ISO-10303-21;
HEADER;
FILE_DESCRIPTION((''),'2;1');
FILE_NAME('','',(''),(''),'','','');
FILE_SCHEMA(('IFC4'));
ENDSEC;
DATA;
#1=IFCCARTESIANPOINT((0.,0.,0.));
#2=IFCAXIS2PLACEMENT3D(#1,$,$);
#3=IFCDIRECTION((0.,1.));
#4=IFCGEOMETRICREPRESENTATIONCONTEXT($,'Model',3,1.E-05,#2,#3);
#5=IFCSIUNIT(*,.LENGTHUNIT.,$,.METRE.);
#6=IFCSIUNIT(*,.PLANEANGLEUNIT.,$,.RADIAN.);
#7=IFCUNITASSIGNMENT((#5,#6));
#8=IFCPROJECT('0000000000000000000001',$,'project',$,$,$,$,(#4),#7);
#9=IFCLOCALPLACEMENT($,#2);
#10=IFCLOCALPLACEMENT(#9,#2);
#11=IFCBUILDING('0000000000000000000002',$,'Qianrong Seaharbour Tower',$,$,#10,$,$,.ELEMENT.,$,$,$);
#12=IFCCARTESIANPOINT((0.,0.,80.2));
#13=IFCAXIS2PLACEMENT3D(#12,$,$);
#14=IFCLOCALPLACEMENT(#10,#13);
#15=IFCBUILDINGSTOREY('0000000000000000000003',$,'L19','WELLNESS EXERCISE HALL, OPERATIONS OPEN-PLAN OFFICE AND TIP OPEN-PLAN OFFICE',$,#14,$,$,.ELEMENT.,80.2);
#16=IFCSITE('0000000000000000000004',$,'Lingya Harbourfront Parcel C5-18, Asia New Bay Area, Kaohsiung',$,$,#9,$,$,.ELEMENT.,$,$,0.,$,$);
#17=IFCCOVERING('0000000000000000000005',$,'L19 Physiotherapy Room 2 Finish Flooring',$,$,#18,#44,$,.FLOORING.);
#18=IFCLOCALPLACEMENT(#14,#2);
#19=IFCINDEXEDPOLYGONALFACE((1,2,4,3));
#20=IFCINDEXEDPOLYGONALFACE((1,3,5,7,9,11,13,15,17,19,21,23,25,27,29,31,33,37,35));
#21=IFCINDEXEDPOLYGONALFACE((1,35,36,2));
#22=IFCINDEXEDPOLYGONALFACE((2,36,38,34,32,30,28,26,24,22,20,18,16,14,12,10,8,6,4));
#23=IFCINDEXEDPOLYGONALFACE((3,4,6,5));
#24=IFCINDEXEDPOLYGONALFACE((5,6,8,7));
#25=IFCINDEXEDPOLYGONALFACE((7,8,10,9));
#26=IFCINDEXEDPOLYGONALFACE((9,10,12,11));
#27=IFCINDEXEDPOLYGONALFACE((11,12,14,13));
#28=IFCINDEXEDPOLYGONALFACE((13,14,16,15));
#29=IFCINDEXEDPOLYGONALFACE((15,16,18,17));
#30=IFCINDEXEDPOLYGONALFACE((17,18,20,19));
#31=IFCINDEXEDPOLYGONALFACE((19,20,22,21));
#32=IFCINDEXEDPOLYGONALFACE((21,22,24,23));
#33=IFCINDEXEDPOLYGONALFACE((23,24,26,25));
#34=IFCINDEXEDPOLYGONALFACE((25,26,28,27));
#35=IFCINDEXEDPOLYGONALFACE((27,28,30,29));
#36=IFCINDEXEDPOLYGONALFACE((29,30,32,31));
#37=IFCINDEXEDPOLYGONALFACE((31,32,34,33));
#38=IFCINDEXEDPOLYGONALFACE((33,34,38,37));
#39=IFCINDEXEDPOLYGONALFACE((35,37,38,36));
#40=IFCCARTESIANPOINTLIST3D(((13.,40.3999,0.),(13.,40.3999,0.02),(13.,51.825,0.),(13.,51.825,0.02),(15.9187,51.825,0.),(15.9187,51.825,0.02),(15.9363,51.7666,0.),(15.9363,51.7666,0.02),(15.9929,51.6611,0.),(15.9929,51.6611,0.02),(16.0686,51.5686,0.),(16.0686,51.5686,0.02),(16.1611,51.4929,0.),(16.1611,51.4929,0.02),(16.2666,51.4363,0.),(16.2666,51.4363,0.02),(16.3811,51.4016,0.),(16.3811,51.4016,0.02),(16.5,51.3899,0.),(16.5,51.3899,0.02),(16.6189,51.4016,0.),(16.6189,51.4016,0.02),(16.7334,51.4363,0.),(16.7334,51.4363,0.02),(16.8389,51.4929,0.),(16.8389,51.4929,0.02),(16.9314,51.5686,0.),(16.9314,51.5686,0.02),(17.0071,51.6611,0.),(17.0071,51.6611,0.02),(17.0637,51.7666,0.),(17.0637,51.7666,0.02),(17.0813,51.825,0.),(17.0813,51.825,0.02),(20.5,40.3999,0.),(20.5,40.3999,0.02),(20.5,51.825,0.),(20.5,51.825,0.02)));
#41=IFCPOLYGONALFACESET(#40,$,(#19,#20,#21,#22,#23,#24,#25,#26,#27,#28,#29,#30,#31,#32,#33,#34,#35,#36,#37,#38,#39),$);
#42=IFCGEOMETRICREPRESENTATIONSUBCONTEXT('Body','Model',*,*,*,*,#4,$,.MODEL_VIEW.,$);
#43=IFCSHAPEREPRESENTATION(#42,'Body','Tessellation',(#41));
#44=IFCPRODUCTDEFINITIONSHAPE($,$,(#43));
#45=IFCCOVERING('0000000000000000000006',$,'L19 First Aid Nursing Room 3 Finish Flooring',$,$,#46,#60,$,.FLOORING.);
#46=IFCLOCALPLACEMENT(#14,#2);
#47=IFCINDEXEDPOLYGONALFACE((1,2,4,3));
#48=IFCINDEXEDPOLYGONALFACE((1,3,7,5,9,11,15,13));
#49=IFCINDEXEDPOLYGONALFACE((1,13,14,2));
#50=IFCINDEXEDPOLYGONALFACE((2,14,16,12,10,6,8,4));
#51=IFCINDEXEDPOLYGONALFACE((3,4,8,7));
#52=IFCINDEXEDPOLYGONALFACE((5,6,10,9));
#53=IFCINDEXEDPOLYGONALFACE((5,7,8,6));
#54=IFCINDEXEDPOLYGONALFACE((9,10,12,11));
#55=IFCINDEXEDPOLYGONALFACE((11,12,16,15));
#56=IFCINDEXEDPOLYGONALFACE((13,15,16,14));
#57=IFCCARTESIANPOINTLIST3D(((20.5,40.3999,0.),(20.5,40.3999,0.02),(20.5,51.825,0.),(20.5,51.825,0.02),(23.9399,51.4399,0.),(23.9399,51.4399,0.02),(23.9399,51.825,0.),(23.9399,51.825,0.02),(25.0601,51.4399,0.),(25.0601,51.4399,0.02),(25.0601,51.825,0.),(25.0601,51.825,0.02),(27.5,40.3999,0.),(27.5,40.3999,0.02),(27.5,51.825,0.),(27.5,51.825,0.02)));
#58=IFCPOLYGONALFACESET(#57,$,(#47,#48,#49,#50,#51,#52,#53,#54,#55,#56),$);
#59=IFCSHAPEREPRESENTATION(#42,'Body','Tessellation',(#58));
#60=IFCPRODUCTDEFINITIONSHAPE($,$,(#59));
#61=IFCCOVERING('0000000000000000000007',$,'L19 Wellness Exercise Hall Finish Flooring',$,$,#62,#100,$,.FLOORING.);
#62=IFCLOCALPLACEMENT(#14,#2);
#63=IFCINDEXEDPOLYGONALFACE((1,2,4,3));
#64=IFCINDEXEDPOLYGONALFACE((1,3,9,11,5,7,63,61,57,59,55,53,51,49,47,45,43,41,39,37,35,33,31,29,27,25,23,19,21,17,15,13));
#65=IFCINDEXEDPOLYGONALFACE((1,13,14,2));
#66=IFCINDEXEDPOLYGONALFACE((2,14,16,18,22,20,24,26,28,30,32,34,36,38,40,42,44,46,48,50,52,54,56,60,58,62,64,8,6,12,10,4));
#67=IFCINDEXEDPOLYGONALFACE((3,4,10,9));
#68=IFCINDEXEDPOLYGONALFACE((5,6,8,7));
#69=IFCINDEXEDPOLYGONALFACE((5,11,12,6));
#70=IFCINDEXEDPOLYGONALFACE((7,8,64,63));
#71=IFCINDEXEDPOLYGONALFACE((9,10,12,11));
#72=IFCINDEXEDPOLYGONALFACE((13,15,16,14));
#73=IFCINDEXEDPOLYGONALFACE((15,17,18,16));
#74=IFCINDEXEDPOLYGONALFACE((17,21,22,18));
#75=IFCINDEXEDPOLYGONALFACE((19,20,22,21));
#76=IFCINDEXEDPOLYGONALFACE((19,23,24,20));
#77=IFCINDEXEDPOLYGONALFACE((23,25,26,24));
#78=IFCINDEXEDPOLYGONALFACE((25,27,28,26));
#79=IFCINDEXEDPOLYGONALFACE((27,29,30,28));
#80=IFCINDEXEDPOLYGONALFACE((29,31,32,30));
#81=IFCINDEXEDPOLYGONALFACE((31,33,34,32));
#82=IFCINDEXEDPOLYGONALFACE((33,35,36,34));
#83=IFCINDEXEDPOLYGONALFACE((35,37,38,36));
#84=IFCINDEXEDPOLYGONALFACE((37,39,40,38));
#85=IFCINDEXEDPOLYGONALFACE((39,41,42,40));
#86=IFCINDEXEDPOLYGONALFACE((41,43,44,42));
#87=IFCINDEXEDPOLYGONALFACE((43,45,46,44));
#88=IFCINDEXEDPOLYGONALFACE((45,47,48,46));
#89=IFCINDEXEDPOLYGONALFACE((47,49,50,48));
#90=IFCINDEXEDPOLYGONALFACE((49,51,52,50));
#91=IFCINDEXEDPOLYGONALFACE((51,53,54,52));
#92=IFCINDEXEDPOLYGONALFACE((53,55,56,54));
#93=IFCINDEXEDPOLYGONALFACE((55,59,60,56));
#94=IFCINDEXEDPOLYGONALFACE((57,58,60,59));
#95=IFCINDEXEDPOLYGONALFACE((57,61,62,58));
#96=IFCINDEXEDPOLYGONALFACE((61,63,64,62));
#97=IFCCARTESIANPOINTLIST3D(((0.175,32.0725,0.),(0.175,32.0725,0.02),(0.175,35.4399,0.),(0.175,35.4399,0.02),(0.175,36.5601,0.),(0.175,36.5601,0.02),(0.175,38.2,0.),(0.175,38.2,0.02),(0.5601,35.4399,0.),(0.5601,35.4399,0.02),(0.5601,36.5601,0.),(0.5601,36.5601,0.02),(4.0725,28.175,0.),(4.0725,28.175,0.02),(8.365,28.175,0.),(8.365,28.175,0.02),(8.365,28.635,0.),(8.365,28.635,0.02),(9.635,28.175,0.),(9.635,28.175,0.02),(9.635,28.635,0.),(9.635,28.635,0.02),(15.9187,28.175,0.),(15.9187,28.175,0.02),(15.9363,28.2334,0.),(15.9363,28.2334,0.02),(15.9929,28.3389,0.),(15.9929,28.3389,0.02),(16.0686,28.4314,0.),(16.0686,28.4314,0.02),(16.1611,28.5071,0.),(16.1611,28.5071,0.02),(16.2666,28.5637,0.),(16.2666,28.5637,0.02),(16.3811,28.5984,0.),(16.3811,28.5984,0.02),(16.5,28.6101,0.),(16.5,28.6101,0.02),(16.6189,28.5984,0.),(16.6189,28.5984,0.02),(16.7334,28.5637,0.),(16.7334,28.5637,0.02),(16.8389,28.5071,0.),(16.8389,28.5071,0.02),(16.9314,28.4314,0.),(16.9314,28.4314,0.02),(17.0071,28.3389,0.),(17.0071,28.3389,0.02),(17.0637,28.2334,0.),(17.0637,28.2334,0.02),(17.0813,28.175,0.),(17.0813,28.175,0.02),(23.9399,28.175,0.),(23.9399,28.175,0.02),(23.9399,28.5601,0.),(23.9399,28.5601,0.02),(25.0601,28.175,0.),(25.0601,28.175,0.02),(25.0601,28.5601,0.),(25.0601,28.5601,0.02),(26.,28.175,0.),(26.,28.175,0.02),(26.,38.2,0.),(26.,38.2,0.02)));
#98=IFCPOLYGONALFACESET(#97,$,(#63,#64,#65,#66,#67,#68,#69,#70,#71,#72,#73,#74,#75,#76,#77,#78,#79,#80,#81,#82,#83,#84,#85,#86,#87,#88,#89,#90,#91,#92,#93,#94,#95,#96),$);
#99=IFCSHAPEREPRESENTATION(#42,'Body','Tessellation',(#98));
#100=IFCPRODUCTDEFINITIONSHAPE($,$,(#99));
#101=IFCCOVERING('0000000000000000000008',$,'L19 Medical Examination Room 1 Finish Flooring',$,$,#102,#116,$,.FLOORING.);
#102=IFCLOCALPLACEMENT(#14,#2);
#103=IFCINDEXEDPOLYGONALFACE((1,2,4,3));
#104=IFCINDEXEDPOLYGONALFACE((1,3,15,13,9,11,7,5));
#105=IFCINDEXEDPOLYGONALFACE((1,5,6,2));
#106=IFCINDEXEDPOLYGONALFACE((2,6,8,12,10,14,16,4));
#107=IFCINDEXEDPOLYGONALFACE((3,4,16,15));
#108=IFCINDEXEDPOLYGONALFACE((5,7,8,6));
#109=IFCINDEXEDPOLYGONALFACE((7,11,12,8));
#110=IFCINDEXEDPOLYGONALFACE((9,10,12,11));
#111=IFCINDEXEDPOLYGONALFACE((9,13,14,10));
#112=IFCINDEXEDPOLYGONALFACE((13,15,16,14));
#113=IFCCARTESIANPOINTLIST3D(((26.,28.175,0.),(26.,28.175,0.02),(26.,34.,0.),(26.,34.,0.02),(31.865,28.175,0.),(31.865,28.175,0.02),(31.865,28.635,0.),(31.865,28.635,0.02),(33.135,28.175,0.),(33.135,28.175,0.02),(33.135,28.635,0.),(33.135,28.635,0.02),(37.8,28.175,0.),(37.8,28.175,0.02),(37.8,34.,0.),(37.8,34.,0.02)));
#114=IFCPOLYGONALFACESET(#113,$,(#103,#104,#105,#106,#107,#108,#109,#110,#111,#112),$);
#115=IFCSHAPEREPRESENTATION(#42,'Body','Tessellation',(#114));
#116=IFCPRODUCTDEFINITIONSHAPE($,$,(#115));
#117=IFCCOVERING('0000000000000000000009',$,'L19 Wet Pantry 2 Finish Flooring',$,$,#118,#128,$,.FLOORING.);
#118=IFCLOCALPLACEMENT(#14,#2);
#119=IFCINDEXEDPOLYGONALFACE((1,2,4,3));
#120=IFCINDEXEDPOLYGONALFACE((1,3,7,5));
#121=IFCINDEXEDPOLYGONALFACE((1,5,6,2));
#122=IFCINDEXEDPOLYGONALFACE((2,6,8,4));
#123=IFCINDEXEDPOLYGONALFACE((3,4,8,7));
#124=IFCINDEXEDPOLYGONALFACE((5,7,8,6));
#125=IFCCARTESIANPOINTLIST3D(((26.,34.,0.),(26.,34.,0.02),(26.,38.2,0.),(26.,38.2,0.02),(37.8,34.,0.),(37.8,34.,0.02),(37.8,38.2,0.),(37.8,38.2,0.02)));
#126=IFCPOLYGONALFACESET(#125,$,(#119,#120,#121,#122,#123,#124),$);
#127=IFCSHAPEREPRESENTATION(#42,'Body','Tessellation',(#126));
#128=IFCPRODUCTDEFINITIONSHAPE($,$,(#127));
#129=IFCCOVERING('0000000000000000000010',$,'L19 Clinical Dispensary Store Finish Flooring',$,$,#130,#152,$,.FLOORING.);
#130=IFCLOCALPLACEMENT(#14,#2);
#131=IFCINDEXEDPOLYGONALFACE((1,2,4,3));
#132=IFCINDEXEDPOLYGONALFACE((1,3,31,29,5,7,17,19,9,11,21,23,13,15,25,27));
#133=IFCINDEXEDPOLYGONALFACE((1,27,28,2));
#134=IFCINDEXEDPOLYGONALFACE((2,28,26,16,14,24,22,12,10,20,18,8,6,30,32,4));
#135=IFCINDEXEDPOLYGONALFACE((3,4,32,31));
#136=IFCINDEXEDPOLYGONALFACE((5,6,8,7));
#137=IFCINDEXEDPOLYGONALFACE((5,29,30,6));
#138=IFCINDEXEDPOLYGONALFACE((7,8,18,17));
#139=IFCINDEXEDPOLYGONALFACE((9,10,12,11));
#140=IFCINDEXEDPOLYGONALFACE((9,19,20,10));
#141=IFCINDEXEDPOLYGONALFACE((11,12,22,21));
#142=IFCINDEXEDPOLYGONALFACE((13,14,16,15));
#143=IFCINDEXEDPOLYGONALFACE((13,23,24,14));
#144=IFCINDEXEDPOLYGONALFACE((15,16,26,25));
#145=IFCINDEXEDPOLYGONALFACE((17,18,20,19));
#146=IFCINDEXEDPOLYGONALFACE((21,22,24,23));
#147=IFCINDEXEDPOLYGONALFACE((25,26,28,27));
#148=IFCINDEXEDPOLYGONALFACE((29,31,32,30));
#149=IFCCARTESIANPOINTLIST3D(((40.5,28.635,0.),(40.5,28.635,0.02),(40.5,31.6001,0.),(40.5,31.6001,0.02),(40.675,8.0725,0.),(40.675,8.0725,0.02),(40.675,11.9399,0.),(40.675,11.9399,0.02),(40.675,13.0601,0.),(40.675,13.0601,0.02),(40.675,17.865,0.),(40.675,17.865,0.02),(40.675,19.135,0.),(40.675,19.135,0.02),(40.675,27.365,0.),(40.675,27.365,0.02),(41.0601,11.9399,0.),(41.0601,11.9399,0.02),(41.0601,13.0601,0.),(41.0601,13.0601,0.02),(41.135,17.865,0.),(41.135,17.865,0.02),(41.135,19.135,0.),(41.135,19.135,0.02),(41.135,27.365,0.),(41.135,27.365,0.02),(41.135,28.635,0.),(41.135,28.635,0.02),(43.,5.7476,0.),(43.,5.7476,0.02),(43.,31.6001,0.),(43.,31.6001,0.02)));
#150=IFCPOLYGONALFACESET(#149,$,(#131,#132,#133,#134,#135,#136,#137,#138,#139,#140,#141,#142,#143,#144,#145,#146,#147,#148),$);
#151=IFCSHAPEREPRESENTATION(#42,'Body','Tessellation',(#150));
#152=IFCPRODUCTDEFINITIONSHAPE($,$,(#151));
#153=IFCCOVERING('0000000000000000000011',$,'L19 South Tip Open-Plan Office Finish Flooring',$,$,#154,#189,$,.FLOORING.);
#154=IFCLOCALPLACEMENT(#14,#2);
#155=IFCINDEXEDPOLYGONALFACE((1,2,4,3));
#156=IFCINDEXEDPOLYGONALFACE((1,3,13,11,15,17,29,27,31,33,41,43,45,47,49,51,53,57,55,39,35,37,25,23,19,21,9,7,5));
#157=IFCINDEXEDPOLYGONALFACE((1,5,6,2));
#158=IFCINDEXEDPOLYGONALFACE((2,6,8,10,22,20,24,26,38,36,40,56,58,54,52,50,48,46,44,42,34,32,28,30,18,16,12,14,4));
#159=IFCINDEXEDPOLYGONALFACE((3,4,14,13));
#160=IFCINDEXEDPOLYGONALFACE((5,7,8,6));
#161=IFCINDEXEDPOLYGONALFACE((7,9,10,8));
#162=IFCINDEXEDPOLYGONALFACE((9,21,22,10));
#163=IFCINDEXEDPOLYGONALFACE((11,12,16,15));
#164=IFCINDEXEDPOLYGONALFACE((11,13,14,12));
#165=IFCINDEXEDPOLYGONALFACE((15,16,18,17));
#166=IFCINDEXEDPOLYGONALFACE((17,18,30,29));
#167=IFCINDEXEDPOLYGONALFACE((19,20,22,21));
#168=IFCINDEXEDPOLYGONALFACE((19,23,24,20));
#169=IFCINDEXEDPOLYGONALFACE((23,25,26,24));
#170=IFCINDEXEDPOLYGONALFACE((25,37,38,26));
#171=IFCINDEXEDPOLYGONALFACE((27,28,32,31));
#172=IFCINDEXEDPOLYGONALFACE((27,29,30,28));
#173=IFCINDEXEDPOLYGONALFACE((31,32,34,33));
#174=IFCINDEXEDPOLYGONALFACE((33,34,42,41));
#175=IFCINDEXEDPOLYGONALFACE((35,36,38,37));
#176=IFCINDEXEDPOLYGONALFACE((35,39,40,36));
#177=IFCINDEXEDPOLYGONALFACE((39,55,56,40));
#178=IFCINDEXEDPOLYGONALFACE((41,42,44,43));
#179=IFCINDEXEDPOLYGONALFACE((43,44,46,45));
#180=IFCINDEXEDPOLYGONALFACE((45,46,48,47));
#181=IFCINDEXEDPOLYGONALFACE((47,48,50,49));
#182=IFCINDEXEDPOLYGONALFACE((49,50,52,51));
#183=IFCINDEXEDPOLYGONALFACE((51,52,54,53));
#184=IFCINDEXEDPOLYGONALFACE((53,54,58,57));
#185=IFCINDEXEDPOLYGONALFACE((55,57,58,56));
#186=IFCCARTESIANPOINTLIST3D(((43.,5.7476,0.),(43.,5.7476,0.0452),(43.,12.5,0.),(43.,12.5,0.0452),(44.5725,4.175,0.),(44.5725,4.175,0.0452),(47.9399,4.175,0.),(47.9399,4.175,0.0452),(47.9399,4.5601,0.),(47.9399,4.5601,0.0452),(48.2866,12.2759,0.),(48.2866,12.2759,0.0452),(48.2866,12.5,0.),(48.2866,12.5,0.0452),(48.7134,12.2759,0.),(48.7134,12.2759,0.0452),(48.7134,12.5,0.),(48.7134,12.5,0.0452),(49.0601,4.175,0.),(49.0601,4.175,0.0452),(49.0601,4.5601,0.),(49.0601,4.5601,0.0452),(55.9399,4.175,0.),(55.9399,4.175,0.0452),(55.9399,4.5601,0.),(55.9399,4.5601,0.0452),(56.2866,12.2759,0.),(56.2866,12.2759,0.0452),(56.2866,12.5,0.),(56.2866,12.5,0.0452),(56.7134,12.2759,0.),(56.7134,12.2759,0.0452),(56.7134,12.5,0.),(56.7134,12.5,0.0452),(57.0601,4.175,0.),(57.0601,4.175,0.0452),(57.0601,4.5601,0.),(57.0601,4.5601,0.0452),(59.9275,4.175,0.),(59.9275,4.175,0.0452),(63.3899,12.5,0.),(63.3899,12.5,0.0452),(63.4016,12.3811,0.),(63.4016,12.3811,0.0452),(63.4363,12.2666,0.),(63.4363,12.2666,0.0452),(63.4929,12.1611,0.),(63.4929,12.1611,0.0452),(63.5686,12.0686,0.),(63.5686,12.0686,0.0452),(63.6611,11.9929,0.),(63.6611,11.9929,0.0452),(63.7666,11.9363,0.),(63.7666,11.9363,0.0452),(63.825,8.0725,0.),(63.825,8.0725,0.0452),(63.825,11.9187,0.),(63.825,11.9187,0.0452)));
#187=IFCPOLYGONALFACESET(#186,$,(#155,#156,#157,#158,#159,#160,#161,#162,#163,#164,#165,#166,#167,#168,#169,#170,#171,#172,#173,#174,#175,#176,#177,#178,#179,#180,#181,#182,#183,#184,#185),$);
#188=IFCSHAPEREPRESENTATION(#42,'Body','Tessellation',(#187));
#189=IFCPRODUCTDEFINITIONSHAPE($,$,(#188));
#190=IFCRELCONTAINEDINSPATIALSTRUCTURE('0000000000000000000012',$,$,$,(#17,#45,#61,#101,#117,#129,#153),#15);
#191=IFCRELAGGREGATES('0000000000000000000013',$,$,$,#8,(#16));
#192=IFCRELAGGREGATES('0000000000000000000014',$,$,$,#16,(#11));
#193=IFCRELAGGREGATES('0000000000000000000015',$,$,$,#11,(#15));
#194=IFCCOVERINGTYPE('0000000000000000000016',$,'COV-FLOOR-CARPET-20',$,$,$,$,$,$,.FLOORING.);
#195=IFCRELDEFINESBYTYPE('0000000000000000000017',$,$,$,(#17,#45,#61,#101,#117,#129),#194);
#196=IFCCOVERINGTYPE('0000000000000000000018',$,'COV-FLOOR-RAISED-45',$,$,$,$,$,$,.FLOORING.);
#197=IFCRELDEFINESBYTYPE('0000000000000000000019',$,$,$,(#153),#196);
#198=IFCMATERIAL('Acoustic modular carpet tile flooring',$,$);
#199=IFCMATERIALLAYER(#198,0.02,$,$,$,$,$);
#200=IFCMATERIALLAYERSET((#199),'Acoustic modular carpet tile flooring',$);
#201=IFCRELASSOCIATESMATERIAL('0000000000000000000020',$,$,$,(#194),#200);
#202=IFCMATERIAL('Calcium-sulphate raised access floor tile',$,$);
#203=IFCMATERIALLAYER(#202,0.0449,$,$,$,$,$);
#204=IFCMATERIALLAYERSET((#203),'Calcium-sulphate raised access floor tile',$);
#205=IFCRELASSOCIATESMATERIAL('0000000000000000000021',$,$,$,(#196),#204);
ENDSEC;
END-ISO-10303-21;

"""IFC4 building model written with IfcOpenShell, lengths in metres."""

from ifc_helpers import new_model, si_unit, direction, frame, origin, place, context, subcontext, project, spatial, polyline, outline, extrude, material, layer, layer_set, type_object, element, save


model = new_model("IFC4")

# Units and contexts
model_context = context("Model", 3, precision=1e-05, world=origin(), true_north=direction((0.0, 1.0)))
body_context = subcontext(model_context, "Body", "Model", "MODEL_VIEW")
ifc_project = project(units=[si_unit("LENGTHUNIT", "METRE"), si_unit("PLANEANGLEUNIT", "RADIAN")], contexts=[model_context])

# Site, building, storey
site_placement = place(None, origin())
site = spatial("IfcSite", under=ifc_project, at=site_placement, Name="Lingya Harbourfront Parcel C5-18, Asia New Bay Area, Kaohsiung", CompositionType="ELEMENT", RefElevation=0.0)
building_placement = place(site_placement, origin())
building = spatial("IfcBuilding", under=site, at=building_placement, Name="Qianrong Seaharbour Tower", CompositionType="ELEMENT")
storey_placement = place(building_placement, frame((0.0, 0.0, 80.2)))
storey = spatial("IfcBuildingStorey", under=building, at=storey_placement, Name="L19", Description="WELLNESS EXERCISE HALL, OPERATIONS OPEN-PLAN OFFICE AND TIP OPEN-PLAN OFFICE", CompositionType="ELEMENT", Elevation=80.2)

# Coverings
ifc_material_1 = material(Name="Acoustic modular carpet tile flooring")
ifc_layer_1 = layer(ifc_material_1, 0.02)
ifc_layer_set_1 = layer_set([ifc_layer_1], Name="Acoustic modular carpet tile flooring")
covering_type_1 = type_object("IfcCoveringType", Name="COV-FLOOR-CARPET-20", PredefinedType="FLOORING", material=ifc_layer_set_1)
covering_1_placement = place(storey_placement, origin())
element("IfcCovering", 1, at=covering_1_placement, inside=storey, type_object=covering_type_1, Name="L19 Physiotherapy Room 2 Finish Flooring", PredefinedType="FLOORING", context=body_context, shape_type="SweptSolid", body=[
    extrude(outline(polyline([(13.0, 51.825), (15.9187, 51.825), (15.9363, 51.7666), (15.9929, 51.6611), (16.0686, 51.5686), (16.1611, 51.4929), (16.2666, 51.4363), (16.3811, 51.4016), (16.5, 51.3899), (16.6189, 51.4016), (16.7334, 51.4363), (16.8389, 51.4929), (16.9314, 51.5686), (17.0071, 51.6611), (17.0637, 51.7666), (17.0813, 51.825), (20.5, 51.825), (20.5, 40.3999), (13.0, 40.3999), (13.0, 51.825)])), origin(), (0.0, 0.0, 1.0), 0.02),
])
covering_2_placement = place(storey_placement, origin())
element("IfcCovering", 2, at=covering_2_placement, inside=storey, type_object=covering_type_1, Name="L19 First Aid Nursing Room 3 Finish Flooring", PredefinedType="FLOORING", context=body_context, shape_type="SweptSolid", body=[
    extrude(outline(polyline([(20.5, 51.825), (23.9399, 51.825), (23.9399, 51.4399), (25.0601, 51.4399), (25.0601, 51.825), (27.5, 51.825), (27.5, 40.3999), (20.5, 40.3999), (20.5, 51.825)])), origin(), (0.0, 0.0, 1.0), 0.02),
])
covering_3_placement = place(storey_placement, origin())
element("IfcCovering", 3, at=covering_3_placement, inside=storey, type_object=covering_type_1, Name="L19 Wellness Exercise Hall Finish Flooring", PredefinedType="FLOORING", context=body_context, shape_type="SweptSolid", body=[
    extrude(outline(polyline([(25.0601, 28.175), (25.0601, 28.5601), (23.9399, 28.5601), (23.9399, 28.175), (17.0813, 28.175), (17.0637, 28.2334), (17.0071, 28.3389), (16.9314, 28.4314), (16.8389, 28.5071), (16.7334, 28.5637), (16.6189, 28.5984), (16.5, 28.6101), (16.3811, 28.5984), (16.2666, 28.5637), (16.1611, 28.5071), (16.0686, 28.4314), (15.9929, 28.3389), (15.9363, 28.2334), (15.9187, 28.175), (9.635, 28.175), (9.635, 28.635), (8.365, 28.635), (8.365, 28.175), (4.0725, 28.175), (0.175, 32.0725), (0.175, 35.4399), (0.5601, 35.4399), (0.5601, 36.5601), (0.175, 36.5601), (0.175, 38.2), (26.0, 38.2), (26.0, 28.175), (25.0601, 28.175)])), origin(), (0.0, 0.0, 1.0), 0.02),
])
covering_4_placement = place(storey_placement, origin())
element("IfcCovering", 4, at=covering_4_placement, inside=storey, type_object=covering_type_1, Name="L19 Medical Examination Room 1 Finish Flooring", PredefinedType="FLOORING", context=body_context, shape_type="SweptSolid", body=[
    extrude(outline(polyline([(37.8, 28.175), (33.135, 28.175), (33.135, 28.635), (31.865, 28.635), (31.865, 28.175), (26.0, 28.175), (26.0, 34.0), (37.8, 34.0), (37.8, 28.175)])), origin(), (0.0, 0.0, 1.0), 0.02),
])
covering_5_placement = place(storey_placement, origin())
element("IfcCovering", 5, at=covering_5_placement, inside=storey, type_object=covering_type_1, Name="L19 Wet Pantry 2 Finish Flooring", PredefinedType="FLOORING", context=body_context, shape_type="SweptSolid", body=[
    extrude(outline(polyline([(37.8, 38.2), (37.8, 34.0), (26.0, 34.0), (26.0, 38.2), (37.8, 38.2)])), origin(), (0.0, 0.0, 1.0), 0.02),
])
covering_6_placement = place(storey_placement, origin())
element("IfcCovering", 6, at=covering_6_placement, inside=storey, type_object=covering_type_1, Name="L19 Clinical Dispensary Store Finish Flooring", PredefinedType="FLOORING", context=body_context, shape_type="SweptSolid", body=[
    extrude(outline(polyline([(43.0, 5.7476), (40.675, 8.0725), (40.675, 11.9399), (41.0601, 11.9399), (41.0601, 13.0601), (40.675, 13.0601), (40.675, 17.865), (41.135, 17.865), (41.135, 19.135), (40.675, 19.135), (40.675, 27.365), (41.135, 27.365), (41.135, 28.635), (40.5, 28.635), (40.5, 31.6001), (43.0, 31.6001), (43.0, 5.7476)])), origin(), (0.0, 0.0, 1.0), 0.02),
])
ifc_material_2 = material(Name="Calcium-sulphate raised access floor tile")
ifc_layer_2 = layer(ifc_material_2, 0.0449)
ifc_layer_set_2 = layer_set([ifc_layer_2], Name="Calcium-sulphate raised access floor tile")
covering_type_2 = type_object("IfcCoveringType", Name="COV-FLOOR-RAISED-45", PredefinedType="FLOORING", material=ifc_layer_set_2)
covering_7_placement = place(storey_placement, origin())
element("IfcCovering", 7, at=covering_7_placement, inside=storey, type_object=covering_type_2, Name="L19 South Tip Open-Plan Office Finish Flooring", PredefinedType="FLOORING", context=body_context, shape_type="SweptSolid", body=[
    extrude(outline(polyline([(63.825, 8.0725), (59.9275, 4.175), (57.0601, 4.175), (57.0601, 4.5601), (55.9399, 4.5601), (55.9399, 4.175), (49.0601, 4.175), (49.0601, 4.5601), (47.9399, 4.5601), (47.9399, 4.175), (44.5725, 4.175), (43.0, 5.7476), (43.0, 12.5), (48.2866, 12.5), (48.2866, 12.2759), (48.7134, 12.2759), (48.7134, 12.5), (56.2866, 12.5), (56.2866, 12.2759), (56.7134, 12.2759), (56.7134, 12.5), (63.3899, 12.5), (63.4016, 12.3811), (63.4363, 12.2666), (63.4929, 12.1611), (63.5686, 12.0686), (63.6611, 11.9929), (63.7666, 11.9363), (63.825, 11.9187), (63.825, 8.0725)])), origin(), (0.0, 0.0, 1.0), 0.0452),
])

save(model, "model.ifc")
